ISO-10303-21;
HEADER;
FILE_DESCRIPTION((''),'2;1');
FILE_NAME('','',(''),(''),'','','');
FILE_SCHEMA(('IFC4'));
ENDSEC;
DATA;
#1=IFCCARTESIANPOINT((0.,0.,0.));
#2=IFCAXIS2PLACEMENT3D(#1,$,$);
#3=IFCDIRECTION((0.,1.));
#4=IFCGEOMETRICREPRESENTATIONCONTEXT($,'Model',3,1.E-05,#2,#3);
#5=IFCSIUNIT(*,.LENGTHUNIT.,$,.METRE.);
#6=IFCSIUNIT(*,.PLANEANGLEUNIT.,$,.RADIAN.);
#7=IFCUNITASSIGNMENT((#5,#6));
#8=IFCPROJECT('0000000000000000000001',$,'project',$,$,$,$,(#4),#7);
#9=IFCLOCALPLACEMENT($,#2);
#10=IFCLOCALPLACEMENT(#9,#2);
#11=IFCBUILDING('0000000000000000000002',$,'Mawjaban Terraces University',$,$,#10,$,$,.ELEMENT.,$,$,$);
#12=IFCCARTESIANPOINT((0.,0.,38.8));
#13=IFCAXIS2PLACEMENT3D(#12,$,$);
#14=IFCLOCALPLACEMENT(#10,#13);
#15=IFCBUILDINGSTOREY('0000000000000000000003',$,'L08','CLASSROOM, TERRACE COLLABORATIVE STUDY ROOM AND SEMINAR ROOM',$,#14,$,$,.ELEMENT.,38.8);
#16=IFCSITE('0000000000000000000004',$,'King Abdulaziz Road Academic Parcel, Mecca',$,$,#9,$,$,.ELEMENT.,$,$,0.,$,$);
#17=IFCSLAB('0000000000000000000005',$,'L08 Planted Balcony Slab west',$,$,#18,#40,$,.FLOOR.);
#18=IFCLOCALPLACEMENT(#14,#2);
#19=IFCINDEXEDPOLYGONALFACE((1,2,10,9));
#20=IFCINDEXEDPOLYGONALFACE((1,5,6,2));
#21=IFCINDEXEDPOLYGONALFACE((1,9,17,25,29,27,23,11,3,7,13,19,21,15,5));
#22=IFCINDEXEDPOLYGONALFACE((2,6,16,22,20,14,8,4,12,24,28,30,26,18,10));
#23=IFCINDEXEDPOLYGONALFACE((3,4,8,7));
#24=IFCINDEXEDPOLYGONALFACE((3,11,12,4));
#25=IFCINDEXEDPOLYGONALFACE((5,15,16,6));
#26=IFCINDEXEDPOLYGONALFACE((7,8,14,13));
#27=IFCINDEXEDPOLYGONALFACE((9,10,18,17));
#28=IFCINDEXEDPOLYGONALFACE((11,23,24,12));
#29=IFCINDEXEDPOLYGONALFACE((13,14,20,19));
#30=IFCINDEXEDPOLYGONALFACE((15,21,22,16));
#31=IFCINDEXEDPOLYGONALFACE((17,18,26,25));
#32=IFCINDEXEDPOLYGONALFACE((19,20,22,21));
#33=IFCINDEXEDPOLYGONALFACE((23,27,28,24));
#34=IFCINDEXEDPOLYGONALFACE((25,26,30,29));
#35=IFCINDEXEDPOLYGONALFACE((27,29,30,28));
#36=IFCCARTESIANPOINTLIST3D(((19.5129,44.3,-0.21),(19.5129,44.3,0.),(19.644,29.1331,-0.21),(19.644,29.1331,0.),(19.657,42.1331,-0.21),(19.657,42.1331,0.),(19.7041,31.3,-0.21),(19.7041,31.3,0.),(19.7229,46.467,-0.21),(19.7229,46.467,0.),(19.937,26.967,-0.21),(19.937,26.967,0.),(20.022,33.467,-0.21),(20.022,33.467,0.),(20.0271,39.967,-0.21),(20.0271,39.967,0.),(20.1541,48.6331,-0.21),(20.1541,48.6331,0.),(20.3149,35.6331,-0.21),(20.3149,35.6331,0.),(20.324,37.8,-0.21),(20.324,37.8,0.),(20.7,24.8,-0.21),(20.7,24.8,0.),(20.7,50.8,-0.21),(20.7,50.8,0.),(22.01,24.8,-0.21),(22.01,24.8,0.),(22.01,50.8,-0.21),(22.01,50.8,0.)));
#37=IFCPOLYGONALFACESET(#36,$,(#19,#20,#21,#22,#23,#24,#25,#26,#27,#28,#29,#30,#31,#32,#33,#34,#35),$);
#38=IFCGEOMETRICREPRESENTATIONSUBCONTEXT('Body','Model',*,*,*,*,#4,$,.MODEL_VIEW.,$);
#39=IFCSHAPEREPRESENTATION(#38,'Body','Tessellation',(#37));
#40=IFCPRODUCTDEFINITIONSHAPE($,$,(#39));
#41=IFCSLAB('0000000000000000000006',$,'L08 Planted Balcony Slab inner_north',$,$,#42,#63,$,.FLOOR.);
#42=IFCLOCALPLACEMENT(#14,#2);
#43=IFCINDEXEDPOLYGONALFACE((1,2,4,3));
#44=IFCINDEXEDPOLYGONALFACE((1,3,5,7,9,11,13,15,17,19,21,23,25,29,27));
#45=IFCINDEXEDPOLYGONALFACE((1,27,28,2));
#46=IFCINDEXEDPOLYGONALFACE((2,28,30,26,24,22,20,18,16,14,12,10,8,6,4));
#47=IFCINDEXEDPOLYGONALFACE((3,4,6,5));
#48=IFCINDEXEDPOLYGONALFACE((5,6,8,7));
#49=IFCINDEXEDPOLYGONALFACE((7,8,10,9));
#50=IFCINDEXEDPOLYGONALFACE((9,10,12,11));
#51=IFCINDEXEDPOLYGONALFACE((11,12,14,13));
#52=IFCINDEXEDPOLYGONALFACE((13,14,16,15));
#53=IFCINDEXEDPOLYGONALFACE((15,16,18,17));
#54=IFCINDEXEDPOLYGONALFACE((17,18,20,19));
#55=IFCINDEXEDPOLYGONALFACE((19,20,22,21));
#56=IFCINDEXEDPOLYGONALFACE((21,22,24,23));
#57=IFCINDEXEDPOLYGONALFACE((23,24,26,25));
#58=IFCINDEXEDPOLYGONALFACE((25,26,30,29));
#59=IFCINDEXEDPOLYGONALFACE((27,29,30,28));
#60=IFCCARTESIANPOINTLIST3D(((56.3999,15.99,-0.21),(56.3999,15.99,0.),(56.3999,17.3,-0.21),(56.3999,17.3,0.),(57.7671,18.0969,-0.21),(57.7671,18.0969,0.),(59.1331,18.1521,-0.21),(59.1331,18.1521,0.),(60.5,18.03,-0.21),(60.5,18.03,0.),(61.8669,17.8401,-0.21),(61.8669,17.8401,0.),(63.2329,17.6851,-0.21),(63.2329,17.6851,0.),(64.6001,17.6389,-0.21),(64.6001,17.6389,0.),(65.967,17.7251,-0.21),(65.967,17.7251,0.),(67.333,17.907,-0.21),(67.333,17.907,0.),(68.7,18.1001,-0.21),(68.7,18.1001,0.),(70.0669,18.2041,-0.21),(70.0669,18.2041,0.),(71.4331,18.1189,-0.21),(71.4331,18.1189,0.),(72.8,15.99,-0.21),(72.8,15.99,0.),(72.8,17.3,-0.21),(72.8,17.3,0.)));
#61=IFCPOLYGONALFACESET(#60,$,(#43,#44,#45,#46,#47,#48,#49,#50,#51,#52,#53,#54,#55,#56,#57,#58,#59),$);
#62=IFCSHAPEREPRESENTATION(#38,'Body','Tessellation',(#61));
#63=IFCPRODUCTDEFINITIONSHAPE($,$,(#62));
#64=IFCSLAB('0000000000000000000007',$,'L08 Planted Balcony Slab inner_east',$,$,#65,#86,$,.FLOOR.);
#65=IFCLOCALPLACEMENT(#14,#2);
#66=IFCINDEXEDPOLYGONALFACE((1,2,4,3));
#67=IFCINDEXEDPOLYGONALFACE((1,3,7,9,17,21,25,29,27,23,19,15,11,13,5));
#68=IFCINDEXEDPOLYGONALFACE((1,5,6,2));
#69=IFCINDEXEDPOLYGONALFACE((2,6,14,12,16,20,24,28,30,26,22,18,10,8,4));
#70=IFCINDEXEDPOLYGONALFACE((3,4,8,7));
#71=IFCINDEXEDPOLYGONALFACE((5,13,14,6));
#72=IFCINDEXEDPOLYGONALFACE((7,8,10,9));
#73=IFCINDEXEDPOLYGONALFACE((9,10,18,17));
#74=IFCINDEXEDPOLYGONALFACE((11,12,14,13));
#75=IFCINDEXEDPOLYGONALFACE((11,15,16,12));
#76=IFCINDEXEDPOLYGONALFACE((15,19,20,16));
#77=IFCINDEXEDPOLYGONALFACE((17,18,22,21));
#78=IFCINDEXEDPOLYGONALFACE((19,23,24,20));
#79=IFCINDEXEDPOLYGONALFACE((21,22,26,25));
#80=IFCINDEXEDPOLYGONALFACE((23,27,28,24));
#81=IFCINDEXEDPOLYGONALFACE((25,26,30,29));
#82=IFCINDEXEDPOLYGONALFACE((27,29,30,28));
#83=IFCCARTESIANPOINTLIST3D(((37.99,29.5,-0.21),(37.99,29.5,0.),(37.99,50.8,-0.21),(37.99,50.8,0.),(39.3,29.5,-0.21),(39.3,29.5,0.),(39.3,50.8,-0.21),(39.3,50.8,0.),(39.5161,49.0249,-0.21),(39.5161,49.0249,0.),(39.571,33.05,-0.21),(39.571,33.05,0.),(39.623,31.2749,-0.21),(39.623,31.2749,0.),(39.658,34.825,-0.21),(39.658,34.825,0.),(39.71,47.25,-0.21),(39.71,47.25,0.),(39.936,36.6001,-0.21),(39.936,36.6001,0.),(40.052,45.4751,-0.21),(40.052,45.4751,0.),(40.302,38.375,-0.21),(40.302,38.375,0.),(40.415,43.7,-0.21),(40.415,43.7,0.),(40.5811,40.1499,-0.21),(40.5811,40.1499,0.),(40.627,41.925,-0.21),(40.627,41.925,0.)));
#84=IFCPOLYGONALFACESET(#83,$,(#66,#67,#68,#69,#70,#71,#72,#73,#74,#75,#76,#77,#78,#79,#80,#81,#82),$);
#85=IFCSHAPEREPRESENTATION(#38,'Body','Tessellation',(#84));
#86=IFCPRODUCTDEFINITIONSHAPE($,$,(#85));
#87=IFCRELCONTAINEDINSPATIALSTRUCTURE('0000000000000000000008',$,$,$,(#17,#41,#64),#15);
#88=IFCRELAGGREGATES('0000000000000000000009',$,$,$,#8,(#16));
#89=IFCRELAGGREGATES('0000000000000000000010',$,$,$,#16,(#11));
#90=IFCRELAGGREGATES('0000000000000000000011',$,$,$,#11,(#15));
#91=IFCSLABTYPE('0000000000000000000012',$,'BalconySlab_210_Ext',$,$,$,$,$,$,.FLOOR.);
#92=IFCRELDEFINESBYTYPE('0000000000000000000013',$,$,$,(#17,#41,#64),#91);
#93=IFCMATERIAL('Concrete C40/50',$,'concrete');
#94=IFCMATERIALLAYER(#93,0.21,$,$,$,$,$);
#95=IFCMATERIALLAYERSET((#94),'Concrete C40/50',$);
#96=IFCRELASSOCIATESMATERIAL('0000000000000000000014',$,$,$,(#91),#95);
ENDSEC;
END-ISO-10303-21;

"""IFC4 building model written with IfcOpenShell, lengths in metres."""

from ifc_helpers import new_model, si_unit, direction, frame, origin, place, context, subcontext, project, spatial, polyline, outline, extrude, material, layer, layer_set, type_object, element, save


model = new_model("IFC4")

# Units and contexts
model_context = context("Model", 3, precision=1e-05, world=origin(), true_north=direction((0.0, 1.0)))
body_context = subcontext(model_context, "Body", "Model", "MODEL_VIEW")
ifc_project = project(units=[si_unit("LENGTHUNIT", "METRE"), si_unit("PLANEANGLEUNIT", "RADIAN")], contexts=[model_context])

# Site, building, storey
site_placement = place(None, origin())
site = spatial("IfcSite", under=ifc_project, at=site_placement, Name="King Abdulaziz Road Academic Parcel, Mecca", CompositionType="ELEMENT", RefElevation=0.0)
building_placement = place(site_placement, origin())
building = spatial("IfcBuilding", under=site, at=building_placement, Name="Mawjaban Terraces University", CompositionType="ELEMENT")
storey_placement = place(building_placement, frame((0.0, 0.0, 38.8)))
storey = spatial("IfcBuildingStorey", under=building, at=storey_placement, Name="L08", Description="CLASSROOM, TERRACE COLLABORATIVE STUDY ROOM AND SEMINAR ROOM", CompositionType="ELEMENT", Elevation=38.8)

# Slabs
ifc_material_1 = material(Name="Concrete C40/50", Category="concrete")
ifc_layer_1 = layer(ifc_material_1, 0.21)
ifc_layer_set_1 = layer_set([ifc_layer_1], Name="Concrete C40/50")
slab_type_1 = type_object("IfcSlabType", Name="BalconySlab_210_Ext", PredefinedType="FLOOR", material=ifc_layer_set_1)
slab_1_placement = place(storey_placement, frame((0.0, 0.0, -0.21)))
element("IfcSlab", 1, at=slab_1_placement, inside=storey, type_object=slab_type_1, Name="L08 Planted Balcony Slab west", PredefinedType="FLOOR", context=body_context, shape_type="SweptSolid", body=[
    extrude(outline(polyline([(22.01, 24.8), (22.01, 50.8), (20.7, 50.8), (20.1541, 48.6331), (19.7229, 46.467), (19.5129, 44.3), (19.657, 42.1331), (20.0271, 39.967), (20.324, 37.8), (20.3149, 35.6331), (20.022, 33.467), (19.7041, 31.3), (19.644, 29.1331), (19.937, 26.967), (20.7, 24.8), (22.01, 24.8)])), origin(), (0.0, 0.0, 1.0), 0.21),
])
slab_2_placement = place(storey_placement, frame((0.0, 0.0, -0.21)))
element("IfcSlab", 2, at=slab_2_placement, inside=storey, type_object=slab_type_1, Name="L08 Planted Balcony Slab inner_north", PredefinedType="FLOOR", context=body_context, shape_type="SweptSolid", body=[
    extrude(outline(polyline([(56.3999, 15.99), (72.8, 15.99), (72.8, 17.3), (71.4331, 18.1189), (70.0669, 18.2041), (68.7, 18.1001), (67.333, 17.907), (65.967, 17.7251), (64.6001, 17.6389), (63.2329, 17.6851), (61.8669, 17.8401), (60.5, 18.03), (59.1331, 18.1521), (57.7671, 18.0969), (56.3999, 17.3), (56.3999, 15.99)])), origin(), (0.0, 0.0, 1.0), 0.21),
])
slab_3_placement = place(storey_placement, frame((0.0, 0.0, -0.21)))
element("IfcSlab", 3, at=slab_3_placement, inside=storey, type_object=slab_type_1, Name="L08 Planted Balcony Slab inner_east", PredefinedType="FLOOR", context=body_context, shape_type="SweptSolid", body=[
    extrude(outline(polyline([(39.3, 29.5), (39.623, 31.2749), (39.571, 33.05), (39.658, 34.825), (39.936, 36.6001), (40.302, 38.375), (40.5811, 40.1499), (40.627, 41.925), (40.415, 43.7), (40.052, 45.4751), (39.71, 47.25), (39.5161, 49.0249), (39.3, 50.8), (37.99, 50.8), (37.99, 29.5), (39.3, 29.5)])), origin(), (0.0, 0.0, 1.0), 0.21),
])

save(model, "model.ifc")
